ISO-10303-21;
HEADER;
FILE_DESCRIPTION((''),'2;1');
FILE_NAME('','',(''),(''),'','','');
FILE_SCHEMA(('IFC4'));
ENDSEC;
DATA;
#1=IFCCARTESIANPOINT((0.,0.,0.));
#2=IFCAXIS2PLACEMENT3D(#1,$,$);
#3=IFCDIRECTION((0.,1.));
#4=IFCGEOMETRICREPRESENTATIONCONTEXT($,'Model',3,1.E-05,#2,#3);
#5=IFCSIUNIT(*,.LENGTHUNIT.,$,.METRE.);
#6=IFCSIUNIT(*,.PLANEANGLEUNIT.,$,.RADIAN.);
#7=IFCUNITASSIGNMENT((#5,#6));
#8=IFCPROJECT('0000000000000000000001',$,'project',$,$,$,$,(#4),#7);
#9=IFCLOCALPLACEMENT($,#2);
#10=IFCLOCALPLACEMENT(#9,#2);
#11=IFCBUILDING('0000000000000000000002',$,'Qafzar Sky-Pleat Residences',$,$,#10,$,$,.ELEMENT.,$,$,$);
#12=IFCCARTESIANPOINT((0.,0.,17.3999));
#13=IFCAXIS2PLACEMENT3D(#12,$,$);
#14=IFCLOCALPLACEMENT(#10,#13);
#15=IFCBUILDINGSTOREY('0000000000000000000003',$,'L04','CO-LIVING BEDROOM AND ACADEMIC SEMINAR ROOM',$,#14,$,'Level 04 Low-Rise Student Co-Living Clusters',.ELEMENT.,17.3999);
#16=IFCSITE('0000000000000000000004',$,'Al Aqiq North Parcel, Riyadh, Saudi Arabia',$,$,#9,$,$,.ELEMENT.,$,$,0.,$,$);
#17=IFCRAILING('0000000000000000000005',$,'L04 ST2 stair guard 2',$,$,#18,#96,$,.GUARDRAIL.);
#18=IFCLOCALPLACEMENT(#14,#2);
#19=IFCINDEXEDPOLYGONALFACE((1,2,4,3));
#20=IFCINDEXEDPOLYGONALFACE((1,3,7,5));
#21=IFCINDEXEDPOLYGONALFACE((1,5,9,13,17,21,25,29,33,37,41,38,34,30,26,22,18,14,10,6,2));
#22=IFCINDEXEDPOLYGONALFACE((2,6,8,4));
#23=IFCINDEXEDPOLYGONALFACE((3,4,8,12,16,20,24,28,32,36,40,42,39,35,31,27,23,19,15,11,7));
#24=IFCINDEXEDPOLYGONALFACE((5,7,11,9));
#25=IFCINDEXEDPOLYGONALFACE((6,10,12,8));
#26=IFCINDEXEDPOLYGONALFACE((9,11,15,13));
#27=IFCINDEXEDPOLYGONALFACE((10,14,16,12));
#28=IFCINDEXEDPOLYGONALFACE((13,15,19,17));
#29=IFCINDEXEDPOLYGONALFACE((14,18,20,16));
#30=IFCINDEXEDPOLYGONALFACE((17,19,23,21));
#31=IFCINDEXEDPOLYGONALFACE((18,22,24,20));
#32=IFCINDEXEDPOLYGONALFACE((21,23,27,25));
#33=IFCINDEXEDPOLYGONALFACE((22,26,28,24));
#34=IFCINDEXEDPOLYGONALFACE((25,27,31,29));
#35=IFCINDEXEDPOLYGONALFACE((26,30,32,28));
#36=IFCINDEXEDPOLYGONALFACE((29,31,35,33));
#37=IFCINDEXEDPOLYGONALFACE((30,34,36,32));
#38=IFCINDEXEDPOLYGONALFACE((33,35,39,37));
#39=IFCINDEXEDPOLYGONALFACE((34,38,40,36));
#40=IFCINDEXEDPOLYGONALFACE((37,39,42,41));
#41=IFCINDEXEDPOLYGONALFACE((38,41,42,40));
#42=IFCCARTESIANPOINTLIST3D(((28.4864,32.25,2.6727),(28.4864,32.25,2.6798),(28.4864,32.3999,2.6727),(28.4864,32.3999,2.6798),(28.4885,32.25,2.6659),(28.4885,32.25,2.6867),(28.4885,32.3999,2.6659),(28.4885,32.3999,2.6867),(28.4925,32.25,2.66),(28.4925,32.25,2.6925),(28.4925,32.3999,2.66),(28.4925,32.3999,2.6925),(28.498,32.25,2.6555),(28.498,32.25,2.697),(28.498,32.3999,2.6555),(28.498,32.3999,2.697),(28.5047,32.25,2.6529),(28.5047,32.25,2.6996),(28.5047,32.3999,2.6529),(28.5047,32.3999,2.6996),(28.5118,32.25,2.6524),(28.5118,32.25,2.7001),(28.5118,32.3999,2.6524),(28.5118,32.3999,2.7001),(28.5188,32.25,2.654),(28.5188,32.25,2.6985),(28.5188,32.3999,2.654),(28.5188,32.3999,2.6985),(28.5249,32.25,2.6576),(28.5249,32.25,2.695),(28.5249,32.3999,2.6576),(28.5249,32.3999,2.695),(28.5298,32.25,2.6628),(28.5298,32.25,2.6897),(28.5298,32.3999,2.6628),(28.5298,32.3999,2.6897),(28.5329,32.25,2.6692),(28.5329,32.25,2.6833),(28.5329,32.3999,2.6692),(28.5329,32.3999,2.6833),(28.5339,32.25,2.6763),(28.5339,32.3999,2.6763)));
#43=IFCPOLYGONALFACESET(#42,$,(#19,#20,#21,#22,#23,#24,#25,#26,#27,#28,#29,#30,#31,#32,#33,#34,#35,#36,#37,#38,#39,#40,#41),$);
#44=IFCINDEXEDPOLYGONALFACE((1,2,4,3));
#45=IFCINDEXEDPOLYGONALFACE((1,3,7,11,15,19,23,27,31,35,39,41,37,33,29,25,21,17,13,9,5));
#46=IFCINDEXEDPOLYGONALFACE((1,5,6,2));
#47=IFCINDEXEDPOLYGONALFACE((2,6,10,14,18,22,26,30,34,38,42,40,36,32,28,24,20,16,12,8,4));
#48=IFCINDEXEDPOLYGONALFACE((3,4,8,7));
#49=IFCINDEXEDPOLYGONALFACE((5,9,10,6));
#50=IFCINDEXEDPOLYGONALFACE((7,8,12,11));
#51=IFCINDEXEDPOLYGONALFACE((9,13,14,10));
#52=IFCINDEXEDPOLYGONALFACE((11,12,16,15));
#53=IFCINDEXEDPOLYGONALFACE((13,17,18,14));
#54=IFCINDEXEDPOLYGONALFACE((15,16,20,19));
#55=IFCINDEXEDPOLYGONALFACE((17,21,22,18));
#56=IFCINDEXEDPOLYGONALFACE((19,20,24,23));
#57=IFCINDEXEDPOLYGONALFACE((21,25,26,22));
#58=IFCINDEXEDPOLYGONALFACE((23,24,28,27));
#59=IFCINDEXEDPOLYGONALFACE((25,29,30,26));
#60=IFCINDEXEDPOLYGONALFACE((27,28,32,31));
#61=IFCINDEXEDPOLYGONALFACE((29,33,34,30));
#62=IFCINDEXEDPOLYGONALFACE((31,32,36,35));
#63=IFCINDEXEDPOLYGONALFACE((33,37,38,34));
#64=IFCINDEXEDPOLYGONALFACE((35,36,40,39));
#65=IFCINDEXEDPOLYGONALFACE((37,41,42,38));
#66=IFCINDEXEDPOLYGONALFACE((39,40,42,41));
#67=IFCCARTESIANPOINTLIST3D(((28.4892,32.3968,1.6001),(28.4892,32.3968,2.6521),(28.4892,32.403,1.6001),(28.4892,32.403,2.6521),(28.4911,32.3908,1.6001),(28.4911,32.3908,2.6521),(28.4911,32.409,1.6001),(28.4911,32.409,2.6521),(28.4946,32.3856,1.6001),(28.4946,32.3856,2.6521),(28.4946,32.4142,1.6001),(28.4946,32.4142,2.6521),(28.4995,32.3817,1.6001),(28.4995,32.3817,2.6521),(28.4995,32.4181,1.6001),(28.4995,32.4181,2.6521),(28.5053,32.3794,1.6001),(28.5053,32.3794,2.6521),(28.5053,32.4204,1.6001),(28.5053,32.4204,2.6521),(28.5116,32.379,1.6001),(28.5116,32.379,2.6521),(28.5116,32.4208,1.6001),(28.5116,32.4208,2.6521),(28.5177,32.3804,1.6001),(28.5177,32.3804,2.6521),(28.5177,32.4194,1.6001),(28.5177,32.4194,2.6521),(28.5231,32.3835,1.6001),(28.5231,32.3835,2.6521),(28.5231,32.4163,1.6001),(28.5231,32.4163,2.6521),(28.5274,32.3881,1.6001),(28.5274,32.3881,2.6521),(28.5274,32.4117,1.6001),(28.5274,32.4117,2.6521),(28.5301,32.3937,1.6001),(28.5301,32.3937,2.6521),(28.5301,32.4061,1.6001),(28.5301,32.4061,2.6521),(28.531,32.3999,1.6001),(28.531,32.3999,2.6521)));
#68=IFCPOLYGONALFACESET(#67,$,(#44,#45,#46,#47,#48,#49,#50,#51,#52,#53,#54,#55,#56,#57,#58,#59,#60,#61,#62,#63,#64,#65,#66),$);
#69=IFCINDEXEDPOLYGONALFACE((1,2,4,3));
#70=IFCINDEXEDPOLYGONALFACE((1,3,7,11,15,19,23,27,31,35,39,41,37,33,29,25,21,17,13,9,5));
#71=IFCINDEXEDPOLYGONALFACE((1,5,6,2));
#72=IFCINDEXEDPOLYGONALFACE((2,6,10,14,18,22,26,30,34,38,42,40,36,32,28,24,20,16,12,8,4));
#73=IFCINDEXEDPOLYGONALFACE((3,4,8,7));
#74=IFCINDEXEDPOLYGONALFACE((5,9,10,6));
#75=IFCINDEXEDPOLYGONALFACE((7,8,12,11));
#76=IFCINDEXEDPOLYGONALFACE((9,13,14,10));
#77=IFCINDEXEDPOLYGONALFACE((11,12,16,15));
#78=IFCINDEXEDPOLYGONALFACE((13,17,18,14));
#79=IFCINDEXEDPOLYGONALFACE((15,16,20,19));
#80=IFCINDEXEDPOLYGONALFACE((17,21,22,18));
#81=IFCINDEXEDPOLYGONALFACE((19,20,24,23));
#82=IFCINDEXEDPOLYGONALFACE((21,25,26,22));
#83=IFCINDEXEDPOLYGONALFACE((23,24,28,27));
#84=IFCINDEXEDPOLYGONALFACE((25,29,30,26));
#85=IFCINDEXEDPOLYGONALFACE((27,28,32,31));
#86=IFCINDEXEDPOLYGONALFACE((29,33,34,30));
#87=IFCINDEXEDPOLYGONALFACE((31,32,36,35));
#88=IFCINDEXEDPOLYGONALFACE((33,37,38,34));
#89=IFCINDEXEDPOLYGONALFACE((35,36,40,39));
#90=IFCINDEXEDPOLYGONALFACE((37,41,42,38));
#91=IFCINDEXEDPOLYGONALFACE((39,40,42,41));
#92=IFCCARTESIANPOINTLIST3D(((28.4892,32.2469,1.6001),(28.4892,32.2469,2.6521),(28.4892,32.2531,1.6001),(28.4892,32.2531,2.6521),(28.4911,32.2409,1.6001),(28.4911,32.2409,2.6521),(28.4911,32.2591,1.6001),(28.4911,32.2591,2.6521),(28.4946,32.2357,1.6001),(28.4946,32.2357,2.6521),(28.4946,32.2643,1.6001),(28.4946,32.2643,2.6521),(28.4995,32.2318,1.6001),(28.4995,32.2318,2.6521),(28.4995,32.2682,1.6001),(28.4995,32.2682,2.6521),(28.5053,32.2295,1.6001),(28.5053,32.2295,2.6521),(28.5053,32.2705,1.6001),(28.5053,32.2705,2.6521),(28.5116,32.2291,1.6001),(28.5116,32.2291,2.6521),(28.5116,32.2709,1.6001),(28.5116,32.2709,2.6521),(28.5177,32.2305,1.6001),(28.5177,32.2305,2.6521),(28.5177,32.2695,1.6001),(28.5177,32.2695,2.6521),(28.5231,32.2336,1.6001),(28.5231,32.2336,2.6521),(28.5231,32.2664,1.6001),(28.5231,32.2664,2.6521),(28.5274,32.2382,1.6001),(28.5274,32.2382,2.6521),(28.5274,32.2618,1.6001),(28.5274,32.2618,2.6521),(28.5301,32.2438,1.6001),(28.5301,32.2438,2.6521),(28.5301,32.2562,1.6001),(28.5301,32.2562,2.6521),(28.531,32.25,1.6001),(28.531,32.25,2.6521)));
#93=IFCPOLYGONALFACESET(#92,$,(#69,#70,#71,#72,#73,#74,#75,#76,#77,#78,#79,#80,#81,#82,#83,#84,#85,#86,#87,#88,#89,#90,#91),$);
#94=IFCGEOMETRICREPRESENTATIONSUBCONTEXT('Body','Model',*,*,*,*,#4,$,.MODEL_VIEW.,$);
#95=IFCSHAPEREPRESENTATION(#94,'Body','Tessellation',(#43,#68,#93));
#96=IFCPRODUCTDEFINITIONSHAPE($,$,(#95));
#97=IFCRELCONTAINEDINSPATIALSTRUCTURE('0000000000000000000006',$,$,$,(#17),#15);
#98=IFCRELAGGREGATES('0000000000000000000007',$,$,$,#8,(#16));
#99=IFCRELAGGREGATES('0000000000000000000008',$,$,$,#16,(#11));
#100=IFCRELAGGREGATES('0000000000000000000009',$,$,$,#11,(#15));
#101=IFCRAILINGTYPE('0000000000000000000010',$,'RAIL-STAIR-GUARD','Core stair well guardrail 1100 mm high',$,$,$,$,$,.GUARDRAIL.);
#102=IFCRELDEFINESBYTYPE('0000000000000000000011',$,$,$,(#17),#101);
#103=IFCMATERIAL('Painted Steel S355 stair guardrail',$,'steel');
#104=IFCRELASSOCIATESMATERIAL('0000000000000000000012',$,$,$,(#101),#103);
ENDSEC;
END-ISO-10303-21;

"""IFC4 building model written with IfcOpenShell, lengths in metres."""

from ifc_helpers import new_model, si_unit, direction, frame, origin, origin_2d, place, context, subcontext, project, spatial, circle, extrude, source, transform, mapped, material, type_object, element, save


model = new_model("IFC4")

# Units and contexts
model_context = context("Model", 3, precision=1e-05, world=origin(), true_north=direction((0.0, 1.0)))
body_context = subcontext(model_context, "Body", "Model", "MODEL_VIEW")
ifc_project = project(units=[si_unit("LENGTHUNIT", "METRE"), si_unit("PLANEANGLEUNIT", "RADIAN")], contexts=[model_context])

# Site, building, storey
site_placement = place(None, origin())
site = spatial("IfcSite", under=ifc_project, at=site_placement, Name="Al Aqiq North Parcel, Riyadh, Saudi Arabia", CompositionType="ELEMENT", RefElevation=0.0)
building_placement = place(site_placement, origin())
building = spatial("IfcBuilding", under=site, at=building_placement, Name="Qafzar Sky-Pleat Residences", CompositionType="ELEMENT")
storey_placement = place(building_placement, frame((0.0, 0.0, 17.3999)))
storey = spatial("IfcBuildingStorey", under=building, at=storey_placement, Name="L04", Description="CO-LIVING BEDROOM AND ACADEMIC SEMINAR ROOM", LongName="Level 04 Low-Rise Student Co-Living Clusters", CompositionType="ELEMENT", Elevation=17.3999)

# Railing
ifc_material_1 = material(Name="Painted Steel S355 stair guardrail", Category="steel")
railing_type = type_object("IfcRailingType", Name="RAIL-STAIR-GUARD", Description="Core stair well guardrail 1100 mm high", PredefinedType="GUARDRAIL", material=ifc_material_1)
shared_shape_1 = source(origin(), body_context, "Body", "SweptSolid", [
    extrude(circle(Radius=0.0239, at=origin_2d()), frame((0.0, 0.0, 1.0762), z_axis=(0.0, -1.0, 0.0), x_axis=(1.0, 0.0, 0.0)), (0.0, 0.0, 1.0), 0.1499),
    extrude(circle(Radius=0.021, at=origin_2d()), origin(), (0.0, 0.0, 1.0), 1.052),
    extrude(circle(Radius=0.021, at=origin_2d()), frame((0.0, -0.1499, 0.0)), (0.0, 0.0, 1.0), 1.052),
])
railing_1_placement = place(storey_placement, frame((28.51, 32.3999, 1.6001)))
element("IfcRailing", 1, at=railing_1_placement, inside=storey, type_object=railing_type, Name="L04 ST2 stair guard 2", PredefinedType="GUARDRAIL", context=body_context, shape_type="MappedRepresentation", body=[
    mapped(shared_shape_1, transform((0.0, 0.0, 0.0), x_axis=(1.0, 0.0, 0.0), y_axis=(0.0, 1.0, 0.0), z_axis=(0.0, 0.0, 1.0), scale=1.0)),
])

save(model, "model.ifc")
